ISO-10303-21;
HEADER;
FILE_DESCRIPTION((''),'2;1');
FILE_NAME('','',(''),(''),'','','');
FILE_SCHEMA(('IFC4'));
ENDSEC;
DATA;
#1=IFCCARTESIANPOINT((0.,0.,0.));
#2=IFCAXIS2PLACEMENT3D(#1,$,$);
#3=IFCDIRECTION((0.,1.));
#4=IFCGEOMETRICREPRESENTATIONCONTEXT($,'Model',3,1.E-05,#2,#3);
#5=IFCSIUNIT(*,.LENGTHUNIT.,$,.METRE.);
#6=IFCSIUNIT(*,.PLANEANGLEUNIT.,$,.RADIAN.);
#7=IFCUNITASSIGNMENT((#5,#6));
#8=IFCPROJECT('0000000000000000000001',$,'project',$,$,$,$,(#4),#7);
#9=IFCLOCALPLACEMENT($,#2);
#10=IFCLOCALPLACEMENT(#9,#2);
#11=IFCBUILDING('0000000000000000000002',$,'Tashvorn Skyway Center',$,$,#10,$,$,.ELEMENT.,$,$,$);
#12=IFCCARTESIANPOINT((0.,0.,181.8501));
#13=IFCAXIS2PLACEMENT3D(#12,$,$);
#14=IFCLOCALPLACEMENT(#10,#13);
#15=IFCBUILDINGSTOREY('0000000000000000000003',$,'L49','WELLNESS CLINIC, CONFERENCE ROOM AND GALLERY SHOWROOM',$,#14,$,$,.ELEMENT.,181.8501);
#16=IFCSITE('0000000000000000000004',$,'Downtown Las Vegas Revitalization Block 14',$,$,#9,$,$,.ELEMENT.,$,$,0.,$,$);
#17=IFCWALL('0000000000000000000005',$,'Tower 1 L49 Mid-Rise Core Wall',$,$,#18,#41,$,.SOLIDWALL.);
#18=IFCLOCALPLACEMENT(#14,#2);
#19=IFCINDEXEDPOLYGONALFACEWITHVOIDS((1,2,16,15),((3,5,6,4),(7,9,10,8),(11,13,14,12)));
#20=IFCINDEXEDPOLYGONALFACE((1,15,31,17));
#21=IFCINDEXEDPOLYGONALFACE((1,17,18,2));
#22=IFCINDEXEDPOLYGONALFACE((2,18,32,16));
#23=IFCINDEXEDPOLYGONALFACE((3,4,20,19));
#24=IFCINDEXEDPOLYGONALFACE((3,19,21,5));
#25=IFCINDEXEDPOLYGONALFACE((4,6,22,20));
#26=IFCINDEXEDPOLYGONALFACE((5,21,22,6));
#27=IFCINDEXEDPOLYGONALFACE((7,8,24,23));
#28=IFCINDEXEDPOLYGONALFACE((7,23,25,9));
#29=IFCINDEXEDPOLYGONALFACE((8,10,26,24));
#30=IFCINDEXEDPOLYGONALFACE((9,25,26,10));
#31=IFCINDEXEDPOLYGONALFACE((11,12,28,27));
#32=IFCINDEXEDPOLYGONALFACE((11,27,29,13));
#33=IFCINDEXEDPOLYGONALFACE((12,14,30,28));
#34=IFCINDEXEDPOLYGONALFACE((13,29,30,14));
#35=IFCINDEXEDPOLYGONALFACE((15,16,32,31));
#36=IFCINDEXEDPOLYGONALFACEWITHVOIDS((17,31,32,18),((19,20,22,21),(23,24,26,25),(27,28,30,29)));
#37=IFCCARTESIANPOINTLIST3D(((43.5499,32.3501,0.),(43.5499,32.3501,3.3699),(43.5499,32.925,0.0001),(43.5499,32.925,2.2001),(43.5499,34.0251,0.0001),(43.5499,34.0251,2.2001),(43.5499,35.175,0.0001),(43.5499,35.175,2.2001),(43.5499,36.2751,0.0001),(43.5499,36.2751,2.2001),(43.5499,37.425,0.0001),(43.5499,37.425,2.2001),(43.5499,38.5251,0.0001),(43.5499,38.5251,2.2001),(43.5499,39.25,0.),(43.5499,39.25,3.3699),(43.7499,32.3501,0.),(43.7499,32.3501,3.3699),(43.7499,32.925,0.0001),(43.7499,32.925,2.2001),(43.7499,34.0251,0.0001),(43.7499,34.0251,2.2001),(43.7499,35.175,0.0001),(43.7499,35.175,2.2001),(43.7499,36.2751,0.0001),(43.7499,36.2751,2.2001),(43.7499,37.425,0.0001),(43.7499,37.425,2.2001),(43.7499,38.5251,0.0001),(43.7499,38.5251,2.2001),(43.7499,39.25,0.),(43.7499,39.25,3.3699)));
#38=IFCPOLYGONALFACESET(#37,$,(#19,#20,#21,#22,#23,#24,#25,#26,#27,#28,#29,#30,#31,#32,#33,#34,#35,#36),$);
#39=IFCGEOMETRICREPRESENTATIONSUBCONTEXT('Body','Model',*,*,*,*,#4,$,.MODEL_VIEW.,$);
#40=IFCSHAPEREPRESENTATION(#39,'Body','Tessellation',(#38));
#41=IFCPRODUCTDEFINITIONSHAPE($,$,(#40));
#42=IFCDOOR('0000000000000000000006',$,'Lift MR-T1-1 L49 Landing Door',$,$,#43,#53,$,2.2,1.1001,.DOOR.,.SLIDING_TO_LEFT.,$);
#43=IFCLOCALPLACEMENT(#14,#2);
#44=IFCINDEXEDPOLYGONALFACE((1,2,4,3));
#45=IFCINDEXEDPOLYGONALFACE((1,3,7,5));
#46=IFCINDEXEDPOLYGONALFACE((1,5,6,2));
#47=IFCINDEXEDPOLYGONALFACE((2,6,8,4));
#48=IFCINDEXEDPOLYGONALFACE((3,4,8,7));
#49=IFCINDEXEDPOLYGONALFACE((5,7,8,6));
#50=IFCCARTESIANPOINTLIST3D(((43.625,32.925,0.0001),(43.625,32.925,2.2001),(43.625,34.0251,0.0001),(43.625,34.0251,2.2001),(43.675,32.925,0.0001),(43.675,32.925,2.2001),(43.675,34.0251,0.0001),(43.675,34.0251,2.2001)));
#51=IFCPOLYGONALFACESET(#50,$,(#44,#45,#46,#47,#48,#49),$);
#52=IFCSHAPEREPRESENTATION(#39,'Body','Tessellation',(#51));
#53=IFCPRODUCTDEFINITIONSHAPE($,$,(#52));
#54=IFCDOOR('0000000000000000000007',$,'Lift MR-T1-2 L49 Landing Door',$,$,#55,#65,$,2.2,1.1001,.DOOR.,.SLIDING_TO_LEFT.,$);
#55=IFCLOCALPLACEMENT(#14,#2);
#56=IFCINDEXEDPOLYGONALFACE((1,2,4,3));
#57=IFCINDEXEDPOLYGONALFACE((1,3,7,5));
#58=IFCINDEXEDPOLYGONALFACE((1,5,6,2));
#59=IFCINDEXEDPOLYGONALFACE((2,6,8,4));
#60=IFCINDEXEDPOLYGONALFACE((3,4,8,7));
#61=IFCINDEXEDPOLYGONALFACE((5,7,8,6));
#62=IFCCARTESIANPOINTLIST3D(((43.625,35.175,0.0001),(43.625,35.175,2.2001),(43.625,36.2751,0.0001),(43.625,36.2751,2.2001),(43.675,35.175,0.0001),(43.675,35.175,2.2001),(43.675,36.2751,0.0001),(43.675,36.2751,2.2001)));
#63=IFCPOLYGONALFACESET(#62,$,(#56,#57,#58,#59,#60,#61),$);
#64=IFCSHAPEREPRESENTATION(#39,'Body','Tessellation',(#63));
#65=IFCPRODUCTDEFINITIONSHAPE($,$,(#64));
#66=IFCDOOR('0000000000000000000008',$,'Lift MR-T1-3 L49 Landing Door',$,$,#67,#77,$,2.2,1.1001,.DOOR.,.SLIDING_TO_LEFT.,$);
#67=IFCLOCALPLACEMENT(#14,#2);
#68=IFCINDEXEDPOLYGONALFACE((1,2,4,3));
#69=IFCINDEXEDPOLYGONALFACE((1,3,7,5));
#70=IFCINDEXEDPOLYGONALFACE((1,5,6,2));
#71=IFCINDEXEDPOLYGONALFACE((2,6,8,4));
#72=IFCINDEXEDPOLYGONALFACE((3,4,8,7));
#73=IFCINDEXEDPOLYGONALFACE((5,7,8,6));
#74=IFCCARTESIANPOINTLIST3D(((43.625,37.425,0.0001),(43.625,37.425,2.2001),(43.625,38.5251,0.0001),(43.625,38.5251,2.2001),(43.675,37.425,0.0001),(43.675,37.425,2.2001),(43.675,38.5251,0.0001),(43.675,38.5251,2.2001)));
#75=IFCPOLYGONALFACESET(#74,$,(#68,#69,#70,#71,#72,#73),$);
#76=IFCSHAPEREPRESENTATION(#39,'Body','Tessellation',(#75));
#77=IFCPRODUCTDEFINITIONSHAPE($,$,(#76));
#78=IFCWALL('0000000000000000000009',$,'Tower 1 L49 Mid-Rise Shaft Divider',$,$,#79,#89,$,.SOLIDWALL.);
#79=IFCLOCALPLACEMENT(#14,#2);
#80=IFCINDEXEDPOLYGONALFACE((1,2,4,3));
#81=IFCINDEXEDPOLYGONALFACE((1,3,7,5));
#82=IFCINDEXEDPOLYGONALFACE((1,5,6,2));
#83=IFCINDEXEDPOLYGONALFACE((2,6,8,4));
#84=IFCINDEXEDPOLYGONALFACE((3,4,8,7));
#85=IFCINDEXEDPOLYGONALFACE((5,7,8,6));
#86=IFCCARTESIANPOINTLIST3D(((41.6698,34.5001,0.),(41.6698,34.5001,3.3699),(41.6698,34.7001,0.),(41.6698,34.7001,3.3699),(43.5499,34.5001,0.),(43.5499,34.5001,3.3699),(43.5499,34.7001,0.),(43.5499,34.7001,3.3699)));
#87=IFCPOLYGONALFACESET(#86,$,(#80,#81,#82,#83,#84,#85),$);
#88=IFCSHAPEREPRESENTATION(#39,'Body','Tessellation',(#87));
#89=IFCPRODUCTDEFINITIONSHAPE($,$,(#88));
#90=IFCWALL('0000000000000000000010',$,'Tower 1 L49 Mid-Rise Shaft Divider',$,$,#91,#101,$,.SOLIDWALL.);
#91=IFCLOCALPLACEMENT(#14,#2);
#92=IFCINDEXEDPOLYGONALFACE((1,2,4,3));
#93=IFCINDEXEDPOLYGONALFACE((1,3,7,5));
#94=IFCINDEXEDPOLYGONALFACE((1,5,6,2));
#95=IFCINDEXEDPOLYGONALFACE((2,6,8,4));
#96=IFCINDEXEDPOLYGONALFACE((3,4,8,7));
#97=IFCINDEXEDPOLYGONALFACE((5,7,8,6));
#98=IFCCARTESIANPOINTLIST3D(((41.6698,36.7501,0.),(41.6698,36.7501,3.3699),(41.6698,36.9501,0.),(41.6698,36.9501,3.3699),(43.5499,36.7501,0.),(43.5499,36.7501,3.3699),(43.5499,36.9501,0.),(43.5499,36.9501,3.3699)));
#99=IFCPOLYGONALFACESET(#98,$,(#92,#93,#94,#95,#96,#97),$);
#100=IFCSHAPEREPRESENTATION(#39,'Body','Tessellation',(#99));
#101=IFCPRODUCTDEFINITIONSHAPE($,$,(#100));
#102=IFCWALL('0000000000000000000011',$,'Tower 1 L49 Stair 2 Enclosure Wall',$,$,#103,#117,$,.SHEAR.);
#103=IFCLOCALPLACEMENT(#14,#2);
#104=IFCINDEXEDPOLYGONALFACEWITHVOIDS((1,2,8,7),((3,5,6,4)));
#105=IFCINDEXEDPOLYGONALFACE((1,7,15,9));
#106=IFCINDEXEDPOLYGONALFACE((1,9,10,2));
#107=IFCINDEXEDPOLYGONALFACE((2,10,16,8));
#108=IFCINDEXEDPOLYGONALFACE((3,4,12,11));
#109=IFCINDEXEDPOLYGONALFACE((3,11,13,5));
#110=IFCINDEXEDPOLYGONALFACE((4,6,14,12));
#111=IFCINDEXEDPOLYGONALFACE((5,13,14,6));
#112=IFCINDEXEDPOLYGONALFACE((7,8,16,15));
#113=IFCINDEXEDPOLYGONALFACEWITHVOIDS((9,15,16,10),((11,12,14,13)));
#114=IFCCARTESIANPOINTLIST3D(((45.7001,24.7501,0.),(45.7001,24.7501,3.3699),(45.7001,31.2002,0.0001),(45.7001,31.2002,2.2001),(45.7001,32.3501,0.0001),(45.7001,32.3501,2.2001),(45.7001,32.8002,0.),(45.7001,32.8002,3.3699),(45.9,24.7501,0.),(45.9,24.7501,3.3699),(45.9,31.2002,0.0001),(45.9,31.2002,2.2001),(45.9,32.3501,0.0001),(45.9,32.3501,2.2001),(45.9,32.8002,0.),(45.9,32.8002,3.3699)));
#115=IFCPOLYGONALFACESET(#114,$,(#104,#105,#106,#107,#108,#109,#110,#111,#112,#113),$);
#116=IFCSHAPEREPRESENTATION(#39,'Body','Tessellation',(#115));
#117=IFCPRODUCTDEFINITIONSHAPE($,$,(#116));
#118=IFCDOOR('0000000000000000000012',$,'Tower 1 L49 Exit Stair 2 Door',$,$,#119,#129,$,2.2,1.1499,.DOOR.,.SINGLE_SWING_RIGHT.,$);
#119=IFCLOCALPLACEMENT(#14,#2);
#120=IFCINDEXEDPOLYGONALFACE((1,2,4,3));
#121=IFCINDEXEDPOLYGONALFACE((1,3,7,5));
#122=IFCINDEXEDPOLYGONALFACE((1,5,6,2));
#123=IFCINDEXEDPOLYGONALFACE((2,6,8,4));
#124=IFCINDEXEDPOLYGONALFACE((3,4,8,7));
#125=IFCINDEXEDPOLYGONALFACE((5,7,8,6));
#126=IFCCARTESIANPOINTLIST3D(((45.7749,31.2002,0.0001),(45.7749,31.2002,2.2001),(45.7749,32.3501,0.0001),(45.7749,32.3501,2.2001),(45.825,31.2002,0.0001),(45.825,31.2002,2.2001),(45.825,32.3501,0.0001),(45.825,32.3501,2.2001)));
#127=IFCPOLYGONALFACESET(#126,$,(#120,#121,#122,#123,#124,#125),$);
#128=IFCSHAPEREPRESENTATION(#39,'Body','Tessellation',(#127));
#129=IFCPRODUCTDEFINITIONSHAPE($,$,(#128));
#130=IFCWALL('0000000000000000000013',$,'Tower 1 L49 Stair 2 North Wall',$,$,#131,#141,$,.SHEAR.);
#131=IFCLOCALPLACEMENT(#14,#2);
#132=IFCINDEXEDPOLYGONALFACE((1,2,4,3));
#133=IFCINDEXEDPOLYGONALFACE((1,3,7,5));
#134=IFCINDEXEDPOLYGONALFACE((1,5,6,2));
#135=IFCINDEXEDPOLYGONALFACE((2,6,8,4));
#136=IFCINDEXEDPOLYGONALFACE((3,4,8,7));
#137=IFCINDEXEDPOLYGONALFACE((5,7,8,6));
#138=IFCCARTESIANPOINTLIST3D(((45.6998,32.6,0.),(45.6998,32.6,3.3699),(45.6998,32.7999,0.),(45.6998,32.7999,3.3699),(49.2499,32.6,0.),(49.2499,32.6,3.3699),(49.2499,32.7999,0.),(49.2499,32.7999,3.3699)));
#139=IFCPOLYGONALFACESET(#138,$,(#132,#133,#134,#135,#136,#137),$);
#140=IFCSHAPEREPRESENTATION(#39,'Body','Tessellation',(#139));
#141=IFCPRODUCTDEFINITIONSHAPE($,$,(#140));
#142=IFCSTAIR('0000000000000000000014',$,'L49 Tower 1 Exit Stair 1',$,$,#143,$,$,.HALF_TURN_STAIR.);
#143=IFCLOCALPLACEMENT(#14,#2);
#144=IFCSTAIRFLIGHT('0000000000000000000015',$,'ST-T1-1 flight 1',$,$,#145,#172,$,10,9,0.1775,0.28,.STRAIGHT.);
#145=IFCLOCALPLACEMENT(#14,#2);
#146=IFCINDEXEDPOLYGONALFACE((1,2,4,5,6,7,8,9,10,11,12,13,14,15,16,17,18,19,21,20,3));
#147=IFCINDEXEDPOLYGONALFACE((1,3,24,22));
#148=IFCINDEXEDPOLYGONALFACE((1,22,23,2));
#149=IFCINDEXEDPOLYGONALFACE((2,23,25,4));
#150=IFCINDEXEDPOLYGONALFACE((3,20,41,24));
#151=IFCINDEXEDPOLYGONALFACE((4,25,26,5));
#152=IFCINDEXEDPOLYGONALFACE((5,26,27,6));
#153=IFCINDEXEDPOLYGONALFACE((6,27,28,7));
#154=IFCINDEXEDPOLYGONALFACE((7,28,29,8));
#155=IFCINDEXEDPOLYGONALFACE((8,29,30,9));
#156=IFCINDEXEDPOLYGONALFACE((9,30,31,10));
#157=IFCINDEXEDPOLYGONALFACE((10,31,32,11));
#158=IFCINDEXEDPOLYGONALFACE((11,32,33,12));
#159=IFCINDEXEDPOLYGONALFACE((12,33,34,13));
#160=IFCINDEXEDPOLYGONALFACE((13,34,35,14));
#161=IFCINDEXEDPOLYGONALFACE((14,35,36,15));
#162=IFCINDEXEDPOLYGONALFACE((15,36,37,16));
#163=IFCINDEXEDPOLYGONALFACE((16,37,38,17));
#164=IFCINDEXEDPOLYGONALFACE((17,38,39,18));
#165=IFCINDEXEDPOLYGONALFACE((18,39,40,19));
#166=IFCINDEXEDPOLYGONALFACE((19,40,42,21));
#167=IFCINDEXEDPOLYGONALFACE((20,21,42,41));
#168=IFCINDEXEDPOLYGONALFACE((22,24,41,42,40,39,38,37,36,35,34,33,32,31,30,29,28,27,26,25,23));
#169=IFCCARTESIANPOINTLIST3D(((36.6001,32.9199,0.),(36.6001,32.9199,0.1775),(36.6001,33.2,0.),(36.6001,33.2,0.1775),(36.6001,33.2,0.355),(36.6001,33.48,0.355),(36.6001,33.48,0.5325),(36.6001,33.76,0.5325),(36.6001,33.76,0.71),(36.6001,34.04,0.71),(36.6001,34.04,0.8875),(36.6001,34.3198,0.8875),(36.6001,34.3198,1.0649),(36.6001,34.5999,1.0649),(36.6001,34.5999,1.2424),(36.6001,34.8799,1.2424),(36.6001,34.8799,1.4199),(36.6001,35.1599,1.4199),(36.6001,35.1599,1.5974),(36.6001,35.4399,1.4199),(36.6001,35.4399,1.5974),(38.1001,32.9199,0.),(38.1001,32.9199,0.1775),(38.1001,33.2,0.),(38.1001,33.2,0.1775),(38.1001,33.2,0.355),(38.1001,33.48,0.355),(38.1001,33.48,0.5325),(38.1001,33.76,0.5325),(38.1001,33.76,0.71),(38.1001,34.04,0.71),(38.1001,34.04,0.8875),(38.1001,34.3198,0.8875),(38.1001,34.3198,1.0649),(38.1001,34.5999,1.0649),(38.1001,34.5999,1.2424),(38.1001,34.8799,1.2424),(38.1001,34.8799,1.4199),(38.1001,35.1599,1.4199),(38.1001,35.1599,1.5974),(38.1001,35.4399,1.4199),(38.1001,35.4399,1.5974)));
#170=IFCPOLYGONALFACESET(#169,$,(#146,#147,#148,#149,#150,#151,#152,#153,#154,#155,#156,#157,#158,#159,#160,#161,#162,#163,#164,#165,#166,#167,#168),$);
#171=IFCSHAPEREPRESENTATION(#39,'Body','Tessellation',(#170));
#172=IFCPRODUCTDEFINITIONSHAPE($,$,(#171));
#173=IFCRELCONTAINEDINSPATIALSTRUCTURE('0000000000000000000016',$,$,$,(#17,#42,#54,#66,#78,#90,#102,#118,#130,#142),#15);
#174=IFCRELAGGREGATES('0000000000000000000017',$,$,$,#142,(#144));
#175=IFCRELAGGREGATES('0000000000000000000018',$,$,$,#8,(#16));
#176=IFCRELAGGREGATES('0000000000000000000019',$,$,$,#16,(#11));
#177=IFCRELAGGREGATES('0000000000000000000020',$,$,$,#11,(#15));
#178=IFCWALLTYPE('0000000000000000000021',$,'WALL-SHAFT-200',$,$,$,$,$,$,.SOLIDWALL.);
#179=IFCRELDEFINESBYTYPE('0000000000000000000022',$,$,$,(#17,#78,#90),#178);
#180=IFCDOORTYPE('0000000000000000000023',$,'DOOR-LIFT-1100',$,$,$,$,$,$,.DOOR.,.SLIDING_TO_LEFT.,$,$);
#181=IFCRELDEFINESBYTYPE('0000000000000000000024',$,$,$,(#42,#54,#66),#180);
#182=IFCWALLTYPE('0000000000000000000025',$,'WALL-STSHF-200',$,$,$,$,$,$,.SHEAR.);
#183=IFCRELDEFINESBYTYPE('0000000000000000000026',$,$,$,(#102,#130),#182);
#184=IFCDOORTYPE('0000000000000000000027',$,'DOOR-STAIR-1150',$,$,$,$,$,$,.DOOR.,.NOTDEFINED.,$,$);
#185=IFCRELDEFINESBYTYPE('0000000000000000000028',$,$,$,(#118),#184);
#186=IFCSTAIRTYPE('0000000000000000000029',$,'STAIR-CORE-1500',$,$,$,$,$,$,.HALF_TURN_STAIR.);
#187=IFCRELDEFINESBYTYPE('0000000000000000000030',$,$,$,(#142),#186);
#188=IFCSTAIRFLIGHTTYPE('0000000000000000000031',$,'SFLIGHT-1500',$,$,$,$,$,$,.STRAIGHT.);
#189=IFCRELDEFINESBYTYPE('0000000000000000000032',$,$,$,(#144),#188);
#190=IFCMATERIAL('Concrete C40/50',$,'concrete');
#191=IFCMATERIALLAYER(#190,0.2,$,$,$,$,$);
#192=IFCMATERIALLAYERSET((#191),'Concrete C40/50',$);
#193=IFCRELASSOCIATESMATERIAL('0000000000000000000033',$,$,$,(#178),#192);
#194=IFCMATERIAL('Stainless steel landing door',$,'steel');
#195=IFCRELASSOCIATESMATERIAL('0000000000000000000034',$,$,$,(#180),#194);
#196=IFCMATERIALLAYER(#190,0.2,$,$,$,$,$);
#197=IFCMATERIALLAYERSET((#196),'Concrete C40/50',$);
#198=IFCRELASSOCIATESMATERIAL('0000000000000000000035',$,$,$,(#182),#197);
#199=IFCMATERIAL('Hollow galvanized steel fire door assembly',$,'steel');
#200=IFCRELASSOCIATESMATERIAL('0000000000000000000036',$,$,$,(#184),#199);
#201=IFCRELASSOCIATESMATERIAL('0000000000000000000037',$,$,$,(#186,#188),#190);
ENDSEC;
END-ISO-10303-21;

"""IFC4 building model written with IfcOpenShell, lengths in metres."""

from ifc_helpers import new_model, si_unit, direction, frame, frame_2d, origin, place, context, subcontext, project, spatial, polyline, rectangle, outline, extrude, material, layer, layer_set, type_object, element, fill, aggregate, save


model = new_model("IFC4")

# Units and contexts
model_context = context("Model", 3, precision=1e-05, world=origin(), true_north=direction((0.0, 1.0)))
body_context = subcontext(model_context, "Body", "Model", "MODEL_VIEW")
ifc_project = project(units=[si_unit("LENGTHUNIT", "METRE"), si_unit("PLANEANGLEUNIT", "RADIAN")], contexts=[model_context])

# Site, building, storey
site_placement = place(None, origin())
site = spatial("IfcSite", under=ifc_project, at=site_placement, Name="Downtown Las Vegas Revitalization Block 14", CompositionType="ELEMENT", RefElevation=0.0)
building_placement = place(site_placement, origin())
building = spatial("IfcBuilding", under=site, at=building_placement, Name="Tashvorn Skyway Center", CompositionType="ELEMENT")
storey_placement = place(building_placement, frame((0.0, 0.0, 181.8501)))
storey = spatial("IfcBuildingStorey", under=building, at=storey_placement, Name="L49", Description="WELLNESS CLINIC, CONFERENCE ROOM AND GALLERY SHOWROOM", CompositionType="ELEMENT", Elevation=181.8501)

# Shared definitions
ifc_material_1 = material(Name="Concrete C40/50", Category="concrete")

# Shared definitions
ifc_material_2 = material(Name="Hollow galvanized steel fire door assembly", Category="steel")

# Shared definitions
ifc_layer_1 = layer(ifc_material_1, 0.2)
ifc_layer_set_1 = layer_set([ifc_layer_1], Name="Concrete C40/50")
wall_type_1 = type_object("IfcWallType", Name="WALL-SHAFT-200", PredefinedType="SOLIDWALL", material=ifc_layer_set_1)

# Wall, openings, doors
wall_1_placement = place(storey_placement, frame((43.6499, 32.3501, 0.0), z_axis=(0.0, 0.0, 1.0), x_axis=(0.0, 1.0, 0.0)))
wall_1 = element("IfcWall", 1, at=wall_1_placement, inside=storey, type_object=wall_type_1, Name="Tower 1 L49 Mid-Rise Core Wall", PredefinedType="SOLIDWALL", context=body_context, shape_type="SweptSolid", body=[
    extrude(rectangle(XDim=6.8999, YDim=0.2, at=frame_2d((3.45, 0.0))), origin(), (0.0, 0.0, 1.0), 3.3699),
])
opening_1_placement = place(wall_1_placement, frame((0.575, 0.0, 0.0)))
opening_1 = element("IfcOpeningElement", 2, at=opening_1_placement, cuts=wall_1, PredefinedType="OPENING", context=body_context, shape_type="SweptSolid", body=[
    extrude(rectangle(XDim=1.1001, YDim=2.2, at=frame_2d((0.55, 1.1001))), frame((0.0, 0.1099, 0.0), z_axis=(0.0, -1.0, 0.0), x_axis=(1.0, 0.0, 0.0)), (0.0, 0.0, 1.0), 0.22),
])
opening_2_placement = place(wall_1_placement, frame((2.825, 0.0, 0.0)))
opening_2 = element("IfcOpeningElement", 3, at=opening_2_placement, cuts=wall_1, PredefinedType="OPENING", context=body_context, shape_type="SweptSolid", body=[
    extrude(rectangle(XDim=1.1001, YDim=2.2, at=frame_2d((0.55, 1.1001))), frame((0.0, 0.1099, 0.0), z_axis=(0.0, -1.0, 0.0), x_axis=(1.0, 0.0, 0.0)), (0.0, 0.0, 1.0), 0.22),
])
opening_3_placement = place(wall_1_placement, frame((5.075, 0.0, 0.0)))
opening_3 = element("IfcOpeningElement", 4, at=opening_3_placement, cuts=wall_1, PredefinedType="OPENING", context=body_context, shape_type="SweptSolid", body=[
    extrude(rectangle(XDim=1.1001, YDim=2.2, at=frame_2d((0.55, 1.1001))), frame((0.0, 0.1099, 0.0), z_axis=(0.0, -1.0, 0.0), x_axis=(1.0, 0.0, 0.0)), (0.0, 0.0, 1.0), 0.22),
])
ifc_material_3 = material(Name="Stainless steel landing door", Category="steel")
door_type_1 = type_object("IfcDoorType", Name="DOOR-LIFT-1100", OperationType="SLIDING_TO_LEFT", PredefinedType="DOOR", material=ifc_material_3)
door_1_placement = place(opening_1_placement, origin())
door_1 = element("IfcDoor", 5, at=door_1_placement, inside=storey, type_object=door_type_1, Name="Lift MR-T1-1 L49 Landing Door", OperationType="SLIDING_TO_LEFT", OverallHeight=2.2, OverallWidth=1.1001, PredefinedType="DOOR", context=body_context, shape_type="SweptSolid", body=[
    extrude(rectangle(XDim=1.1001, YDim=2.2, at=frame_2d((0.55, 1.1001))), frame((0.0, 0.0249, 0.0), z_axis=(0.0, -1.0, 0.0), x_axis=(1.0, 0.0, 0.0)), (0.0, 0.0, 1.0), 0.05),
])
fill(opening_1, door_1)
door_2_placement = place(opening_2_placement, origin())
door_2 = element("IfcDoor", 6, at=door_2_placement, inside=storey, type_object=door_type_1, Name="Lift MR-T1-2 L49 Landing Door", OperationType="SLIDING_TO_LEFT", OverallHeight=2.2, OverallWidth=1.1001, PredefinedType="DOOR", context=body_context, shape_type="SweptSolid", body=[
    extrude(rectangle(XDim=1.1001, YDim=2.2, at=frame_2d((0.55, 1.1001))), frame((0.0, 0.0249, 0.0), z_axis=(0.0, -1.0, 0.0), x_axis=(1.0, 0.0, 0.0)), (0.0, 0.0, 1.0), 0.05),
])
fill(opening_2, door_2)
door_3_placement = place(opening_3_placement, origin())
door_3 = element("IfcDoor", 7, at=door_3_placement, inside=storey, type_object=door_type_1, Name="Lift MR-T1-3 L49 Landing Door", OperationType="SLIDING_TO_LEFT", OverallHeight=2.2, OverallWidth=1.1001, PredefinedType="DOOR", context=body_context, shape_type="SweptSolid", body=[
    extrude(rectangle(XDim=1.1001, YDim=2.2, at=frame_2d((0.55, 1.1001))), frame((0.0, 0.0249, 0.0), z_axis=(0.0, -1.0, 0.0), x_axis=(1.0, 0.0, 0.0)), (0.0, 0.0, 1.0), 0.05),
])
fill(opening_3, door_3)

# Walls
for number, where, z_axis, x_axis, name in (
    (8, (41.6699, 34.6001, 0.0), (0.0, 0.0, 1.0), (1.0, 0.0, 0.0), "Tower 1 L49 Mid-Rise Shaft Divider"),
    (9, (41.6699, 36.8501, 0.0), (0.0, 0.0, 1.0), (1.0, 0.0, 0.0), "Tower 1 L49 Mid-Rise Shaft Divider"),
):
    element("IfcWall", number, at=place(storey_placement, frame(where, z_axis=z_axis, x_axis=x_axis)), inside=storey, type_object=wall_type_1, Name=name, PredefinedType="SOLIDWALL", context=body_context, shape_type="SweptSolid", body=[
        extrude(rectangle(XDim=1.8801, YDim=0.2, at=frame_2d((0.9399, 0.0))), origin(), (0.0, 0.0, 1.0), 3.3699),
    ])

# Wall, opening, door
ifc_layer_2 = layer(ifc_material_1, 0.2)
ifc_layer_set_2 = layer_set([ifc_layer_2], Name="Concrete C40/50")
wall_type_2 = type_object("IfcWallType", Name="WALL-STSHF-200", PredefinedType="SHEAR", material=ifc_layer_set_2)
wall_2_placement = place(storey_placement, frame((45.8, 32.8, 0.0), z_axis=(0.0, 0.0, 1.0), x_axis=(0.0, -1.0, 0.0)))
wall_2 = element("IfcWall", 10, at=wall_2_placement, inside=storey, type_object=wall_type_2, Name="Tower 1 L49 Stair 2 Enclosure Wall", PredefinedType="SHEAR", context=body_context, shape_type="SweptSolid", body=[
    extrude(rectangle(XDim=8.05, YDim=0.2, at=frame_2d((4.0249, 0.0))), origin(), (0.0, 0.0, 1.0), 3.3699),
])
opening_4_placement = place(wall_2_placement, frame((0.45, 0.0, 0.0)))
opening_4 = element("IfcOpeningElement", 11, at=opening_4_placement, cuts=wall_2, PredefinedType="OPENING", context=body_context, shape_type="SweptSolid", body=[
    extrude(rectangle(XDim=1.1499, YDim=2.2, at=frame_2d((0.575, 1.1001))), frame((0.0, 0.1099, 0.0), z_axis=(0.0, -1.0, 0.0), x_axis=(1.0, 0.0, 0.0)), (0.0, 0.0, 1.0), 0.22),
])
door_type_2 = type_object("IfcDoorType", Name="DOOR-STAIR-1150", OperationType="NOTDEFINED", PredefinedType="DOOR", material=ifc_material_2)
door_4_placement = place(opening_4_placement, origin())
door_4 = element("IfcDoor", 12, at=door_4_placement, inside=storey, type_object=door_type_2, Name="Tower 1 L49 Exit Stair 2 Door", OperationType="SINGLE_SWING_RIGHT", OverallHeight=2.2, OverallWidth=1.1499, PredefinedType="DOOR", context=body_context, shape_type="SweptSolid", body=[
    extrude(rectangle(XDim=1.1499, YDim=2.2, at=frame_2d((0.575, 1.1001))), frame((0.0, 0.0249, 0.0), z_axis=(0.0, -1.0, 0.0), x_axis=(1.0, 0.0, 0.0)), (0.0, 0.0, 1.0), 0.05),
])
fill(opening_4, door_4)

# Wall
wall_3_placement = place(storey_placement, frame((45.7, 32.7, 0.0), z_axis=(0.0, 0.0, 1.0), x_axis=(1.0, 0.0, 0.0)))
element("IfcWall", 13, at=wall_3_placement, inside=storey, type_object=wall_type_2, Name="Tower 1 L49 Stair 2 North Wall", PredefinedType="SHEAR", context=body_context, shape_type="SweptSolid", body=[
    extrude(rectangle(XDim=3.55, YDim=0.2, at=frame_2d((1.7749, 0.0))), origin(), (0.0, 0.0, 1.0), 3.3699),
])

# Stair, stair flight
stair_type = type_object("IfcStairType", Name="STAIR-CORE-1500", PredefinedType="HALF_TURN_STAIR", material=ifc_material_1)
stair_placement = place(storey_placement, origin())
stair = element("IfcStair", 14, at=stair_placement, inside=storey, type_object=stair_type, Name="L49 Tower 1 Exit Stair 1", PredefinedType="HALF_TURN_STAIR")
stair_flight_type = type_object("IfcStairFlightType", Name="SFLIGHT-1500", PredefinedType="STRAIGHT", material=ifc_material_1)
stair_flight_placement = place(storey_placement, frame((37.3501, 32.9199, 0.0), z_axis=(0.0, 0.0, 1.0), x_axis=(0.0, 1.0, 0.0)))
stair_flight = element("IfcStairFlight", 15, at=stair_flight_placement, type_object=stair_flight_type, Name="ST-T1-1 flight 1", NumberOfRisers=10, NumberOfTreads=9, PredefinedType="STRAIGHT", RiserHeight=0.1775, TreadLength=0.28, context=body_context, shape_type="SweptSolid", body=[
    extrude(outline(polyline([(0.0, 0.0), (0.0, 0.1775), (0.28, 0.1775), (0.28, 0.355), (0.5601, 0.355), (0.5601, 0.5325), (0.8401, 0.5325), (0.8401, 0.71), (1.1201, 0.71), (1.1201, 0.8875), (1.3999, 0.8875), (1.3999, 1.0649), (1.6799, 1.0649), (1.6799, 1.2424), (1.96, 1.2424), (1.96, 1.4199), (2.24, 1.4199), (2.24, 1.5974), (2.52, 1.5974), (2.52, 1.7749), (2.52, 1.4199), (0.28, 0.0), (0.0, 0.0)])), frame((0.0, 0.75, 0.0), z_axis=(0.0, -1.0, 0.0), x_axis=(1.0, 0.0, 0.0)), (0.0, 0.0, 1.0), 1.5),
])
aggregate(stair, [stair_flight])

save(model, "model.ifc")
